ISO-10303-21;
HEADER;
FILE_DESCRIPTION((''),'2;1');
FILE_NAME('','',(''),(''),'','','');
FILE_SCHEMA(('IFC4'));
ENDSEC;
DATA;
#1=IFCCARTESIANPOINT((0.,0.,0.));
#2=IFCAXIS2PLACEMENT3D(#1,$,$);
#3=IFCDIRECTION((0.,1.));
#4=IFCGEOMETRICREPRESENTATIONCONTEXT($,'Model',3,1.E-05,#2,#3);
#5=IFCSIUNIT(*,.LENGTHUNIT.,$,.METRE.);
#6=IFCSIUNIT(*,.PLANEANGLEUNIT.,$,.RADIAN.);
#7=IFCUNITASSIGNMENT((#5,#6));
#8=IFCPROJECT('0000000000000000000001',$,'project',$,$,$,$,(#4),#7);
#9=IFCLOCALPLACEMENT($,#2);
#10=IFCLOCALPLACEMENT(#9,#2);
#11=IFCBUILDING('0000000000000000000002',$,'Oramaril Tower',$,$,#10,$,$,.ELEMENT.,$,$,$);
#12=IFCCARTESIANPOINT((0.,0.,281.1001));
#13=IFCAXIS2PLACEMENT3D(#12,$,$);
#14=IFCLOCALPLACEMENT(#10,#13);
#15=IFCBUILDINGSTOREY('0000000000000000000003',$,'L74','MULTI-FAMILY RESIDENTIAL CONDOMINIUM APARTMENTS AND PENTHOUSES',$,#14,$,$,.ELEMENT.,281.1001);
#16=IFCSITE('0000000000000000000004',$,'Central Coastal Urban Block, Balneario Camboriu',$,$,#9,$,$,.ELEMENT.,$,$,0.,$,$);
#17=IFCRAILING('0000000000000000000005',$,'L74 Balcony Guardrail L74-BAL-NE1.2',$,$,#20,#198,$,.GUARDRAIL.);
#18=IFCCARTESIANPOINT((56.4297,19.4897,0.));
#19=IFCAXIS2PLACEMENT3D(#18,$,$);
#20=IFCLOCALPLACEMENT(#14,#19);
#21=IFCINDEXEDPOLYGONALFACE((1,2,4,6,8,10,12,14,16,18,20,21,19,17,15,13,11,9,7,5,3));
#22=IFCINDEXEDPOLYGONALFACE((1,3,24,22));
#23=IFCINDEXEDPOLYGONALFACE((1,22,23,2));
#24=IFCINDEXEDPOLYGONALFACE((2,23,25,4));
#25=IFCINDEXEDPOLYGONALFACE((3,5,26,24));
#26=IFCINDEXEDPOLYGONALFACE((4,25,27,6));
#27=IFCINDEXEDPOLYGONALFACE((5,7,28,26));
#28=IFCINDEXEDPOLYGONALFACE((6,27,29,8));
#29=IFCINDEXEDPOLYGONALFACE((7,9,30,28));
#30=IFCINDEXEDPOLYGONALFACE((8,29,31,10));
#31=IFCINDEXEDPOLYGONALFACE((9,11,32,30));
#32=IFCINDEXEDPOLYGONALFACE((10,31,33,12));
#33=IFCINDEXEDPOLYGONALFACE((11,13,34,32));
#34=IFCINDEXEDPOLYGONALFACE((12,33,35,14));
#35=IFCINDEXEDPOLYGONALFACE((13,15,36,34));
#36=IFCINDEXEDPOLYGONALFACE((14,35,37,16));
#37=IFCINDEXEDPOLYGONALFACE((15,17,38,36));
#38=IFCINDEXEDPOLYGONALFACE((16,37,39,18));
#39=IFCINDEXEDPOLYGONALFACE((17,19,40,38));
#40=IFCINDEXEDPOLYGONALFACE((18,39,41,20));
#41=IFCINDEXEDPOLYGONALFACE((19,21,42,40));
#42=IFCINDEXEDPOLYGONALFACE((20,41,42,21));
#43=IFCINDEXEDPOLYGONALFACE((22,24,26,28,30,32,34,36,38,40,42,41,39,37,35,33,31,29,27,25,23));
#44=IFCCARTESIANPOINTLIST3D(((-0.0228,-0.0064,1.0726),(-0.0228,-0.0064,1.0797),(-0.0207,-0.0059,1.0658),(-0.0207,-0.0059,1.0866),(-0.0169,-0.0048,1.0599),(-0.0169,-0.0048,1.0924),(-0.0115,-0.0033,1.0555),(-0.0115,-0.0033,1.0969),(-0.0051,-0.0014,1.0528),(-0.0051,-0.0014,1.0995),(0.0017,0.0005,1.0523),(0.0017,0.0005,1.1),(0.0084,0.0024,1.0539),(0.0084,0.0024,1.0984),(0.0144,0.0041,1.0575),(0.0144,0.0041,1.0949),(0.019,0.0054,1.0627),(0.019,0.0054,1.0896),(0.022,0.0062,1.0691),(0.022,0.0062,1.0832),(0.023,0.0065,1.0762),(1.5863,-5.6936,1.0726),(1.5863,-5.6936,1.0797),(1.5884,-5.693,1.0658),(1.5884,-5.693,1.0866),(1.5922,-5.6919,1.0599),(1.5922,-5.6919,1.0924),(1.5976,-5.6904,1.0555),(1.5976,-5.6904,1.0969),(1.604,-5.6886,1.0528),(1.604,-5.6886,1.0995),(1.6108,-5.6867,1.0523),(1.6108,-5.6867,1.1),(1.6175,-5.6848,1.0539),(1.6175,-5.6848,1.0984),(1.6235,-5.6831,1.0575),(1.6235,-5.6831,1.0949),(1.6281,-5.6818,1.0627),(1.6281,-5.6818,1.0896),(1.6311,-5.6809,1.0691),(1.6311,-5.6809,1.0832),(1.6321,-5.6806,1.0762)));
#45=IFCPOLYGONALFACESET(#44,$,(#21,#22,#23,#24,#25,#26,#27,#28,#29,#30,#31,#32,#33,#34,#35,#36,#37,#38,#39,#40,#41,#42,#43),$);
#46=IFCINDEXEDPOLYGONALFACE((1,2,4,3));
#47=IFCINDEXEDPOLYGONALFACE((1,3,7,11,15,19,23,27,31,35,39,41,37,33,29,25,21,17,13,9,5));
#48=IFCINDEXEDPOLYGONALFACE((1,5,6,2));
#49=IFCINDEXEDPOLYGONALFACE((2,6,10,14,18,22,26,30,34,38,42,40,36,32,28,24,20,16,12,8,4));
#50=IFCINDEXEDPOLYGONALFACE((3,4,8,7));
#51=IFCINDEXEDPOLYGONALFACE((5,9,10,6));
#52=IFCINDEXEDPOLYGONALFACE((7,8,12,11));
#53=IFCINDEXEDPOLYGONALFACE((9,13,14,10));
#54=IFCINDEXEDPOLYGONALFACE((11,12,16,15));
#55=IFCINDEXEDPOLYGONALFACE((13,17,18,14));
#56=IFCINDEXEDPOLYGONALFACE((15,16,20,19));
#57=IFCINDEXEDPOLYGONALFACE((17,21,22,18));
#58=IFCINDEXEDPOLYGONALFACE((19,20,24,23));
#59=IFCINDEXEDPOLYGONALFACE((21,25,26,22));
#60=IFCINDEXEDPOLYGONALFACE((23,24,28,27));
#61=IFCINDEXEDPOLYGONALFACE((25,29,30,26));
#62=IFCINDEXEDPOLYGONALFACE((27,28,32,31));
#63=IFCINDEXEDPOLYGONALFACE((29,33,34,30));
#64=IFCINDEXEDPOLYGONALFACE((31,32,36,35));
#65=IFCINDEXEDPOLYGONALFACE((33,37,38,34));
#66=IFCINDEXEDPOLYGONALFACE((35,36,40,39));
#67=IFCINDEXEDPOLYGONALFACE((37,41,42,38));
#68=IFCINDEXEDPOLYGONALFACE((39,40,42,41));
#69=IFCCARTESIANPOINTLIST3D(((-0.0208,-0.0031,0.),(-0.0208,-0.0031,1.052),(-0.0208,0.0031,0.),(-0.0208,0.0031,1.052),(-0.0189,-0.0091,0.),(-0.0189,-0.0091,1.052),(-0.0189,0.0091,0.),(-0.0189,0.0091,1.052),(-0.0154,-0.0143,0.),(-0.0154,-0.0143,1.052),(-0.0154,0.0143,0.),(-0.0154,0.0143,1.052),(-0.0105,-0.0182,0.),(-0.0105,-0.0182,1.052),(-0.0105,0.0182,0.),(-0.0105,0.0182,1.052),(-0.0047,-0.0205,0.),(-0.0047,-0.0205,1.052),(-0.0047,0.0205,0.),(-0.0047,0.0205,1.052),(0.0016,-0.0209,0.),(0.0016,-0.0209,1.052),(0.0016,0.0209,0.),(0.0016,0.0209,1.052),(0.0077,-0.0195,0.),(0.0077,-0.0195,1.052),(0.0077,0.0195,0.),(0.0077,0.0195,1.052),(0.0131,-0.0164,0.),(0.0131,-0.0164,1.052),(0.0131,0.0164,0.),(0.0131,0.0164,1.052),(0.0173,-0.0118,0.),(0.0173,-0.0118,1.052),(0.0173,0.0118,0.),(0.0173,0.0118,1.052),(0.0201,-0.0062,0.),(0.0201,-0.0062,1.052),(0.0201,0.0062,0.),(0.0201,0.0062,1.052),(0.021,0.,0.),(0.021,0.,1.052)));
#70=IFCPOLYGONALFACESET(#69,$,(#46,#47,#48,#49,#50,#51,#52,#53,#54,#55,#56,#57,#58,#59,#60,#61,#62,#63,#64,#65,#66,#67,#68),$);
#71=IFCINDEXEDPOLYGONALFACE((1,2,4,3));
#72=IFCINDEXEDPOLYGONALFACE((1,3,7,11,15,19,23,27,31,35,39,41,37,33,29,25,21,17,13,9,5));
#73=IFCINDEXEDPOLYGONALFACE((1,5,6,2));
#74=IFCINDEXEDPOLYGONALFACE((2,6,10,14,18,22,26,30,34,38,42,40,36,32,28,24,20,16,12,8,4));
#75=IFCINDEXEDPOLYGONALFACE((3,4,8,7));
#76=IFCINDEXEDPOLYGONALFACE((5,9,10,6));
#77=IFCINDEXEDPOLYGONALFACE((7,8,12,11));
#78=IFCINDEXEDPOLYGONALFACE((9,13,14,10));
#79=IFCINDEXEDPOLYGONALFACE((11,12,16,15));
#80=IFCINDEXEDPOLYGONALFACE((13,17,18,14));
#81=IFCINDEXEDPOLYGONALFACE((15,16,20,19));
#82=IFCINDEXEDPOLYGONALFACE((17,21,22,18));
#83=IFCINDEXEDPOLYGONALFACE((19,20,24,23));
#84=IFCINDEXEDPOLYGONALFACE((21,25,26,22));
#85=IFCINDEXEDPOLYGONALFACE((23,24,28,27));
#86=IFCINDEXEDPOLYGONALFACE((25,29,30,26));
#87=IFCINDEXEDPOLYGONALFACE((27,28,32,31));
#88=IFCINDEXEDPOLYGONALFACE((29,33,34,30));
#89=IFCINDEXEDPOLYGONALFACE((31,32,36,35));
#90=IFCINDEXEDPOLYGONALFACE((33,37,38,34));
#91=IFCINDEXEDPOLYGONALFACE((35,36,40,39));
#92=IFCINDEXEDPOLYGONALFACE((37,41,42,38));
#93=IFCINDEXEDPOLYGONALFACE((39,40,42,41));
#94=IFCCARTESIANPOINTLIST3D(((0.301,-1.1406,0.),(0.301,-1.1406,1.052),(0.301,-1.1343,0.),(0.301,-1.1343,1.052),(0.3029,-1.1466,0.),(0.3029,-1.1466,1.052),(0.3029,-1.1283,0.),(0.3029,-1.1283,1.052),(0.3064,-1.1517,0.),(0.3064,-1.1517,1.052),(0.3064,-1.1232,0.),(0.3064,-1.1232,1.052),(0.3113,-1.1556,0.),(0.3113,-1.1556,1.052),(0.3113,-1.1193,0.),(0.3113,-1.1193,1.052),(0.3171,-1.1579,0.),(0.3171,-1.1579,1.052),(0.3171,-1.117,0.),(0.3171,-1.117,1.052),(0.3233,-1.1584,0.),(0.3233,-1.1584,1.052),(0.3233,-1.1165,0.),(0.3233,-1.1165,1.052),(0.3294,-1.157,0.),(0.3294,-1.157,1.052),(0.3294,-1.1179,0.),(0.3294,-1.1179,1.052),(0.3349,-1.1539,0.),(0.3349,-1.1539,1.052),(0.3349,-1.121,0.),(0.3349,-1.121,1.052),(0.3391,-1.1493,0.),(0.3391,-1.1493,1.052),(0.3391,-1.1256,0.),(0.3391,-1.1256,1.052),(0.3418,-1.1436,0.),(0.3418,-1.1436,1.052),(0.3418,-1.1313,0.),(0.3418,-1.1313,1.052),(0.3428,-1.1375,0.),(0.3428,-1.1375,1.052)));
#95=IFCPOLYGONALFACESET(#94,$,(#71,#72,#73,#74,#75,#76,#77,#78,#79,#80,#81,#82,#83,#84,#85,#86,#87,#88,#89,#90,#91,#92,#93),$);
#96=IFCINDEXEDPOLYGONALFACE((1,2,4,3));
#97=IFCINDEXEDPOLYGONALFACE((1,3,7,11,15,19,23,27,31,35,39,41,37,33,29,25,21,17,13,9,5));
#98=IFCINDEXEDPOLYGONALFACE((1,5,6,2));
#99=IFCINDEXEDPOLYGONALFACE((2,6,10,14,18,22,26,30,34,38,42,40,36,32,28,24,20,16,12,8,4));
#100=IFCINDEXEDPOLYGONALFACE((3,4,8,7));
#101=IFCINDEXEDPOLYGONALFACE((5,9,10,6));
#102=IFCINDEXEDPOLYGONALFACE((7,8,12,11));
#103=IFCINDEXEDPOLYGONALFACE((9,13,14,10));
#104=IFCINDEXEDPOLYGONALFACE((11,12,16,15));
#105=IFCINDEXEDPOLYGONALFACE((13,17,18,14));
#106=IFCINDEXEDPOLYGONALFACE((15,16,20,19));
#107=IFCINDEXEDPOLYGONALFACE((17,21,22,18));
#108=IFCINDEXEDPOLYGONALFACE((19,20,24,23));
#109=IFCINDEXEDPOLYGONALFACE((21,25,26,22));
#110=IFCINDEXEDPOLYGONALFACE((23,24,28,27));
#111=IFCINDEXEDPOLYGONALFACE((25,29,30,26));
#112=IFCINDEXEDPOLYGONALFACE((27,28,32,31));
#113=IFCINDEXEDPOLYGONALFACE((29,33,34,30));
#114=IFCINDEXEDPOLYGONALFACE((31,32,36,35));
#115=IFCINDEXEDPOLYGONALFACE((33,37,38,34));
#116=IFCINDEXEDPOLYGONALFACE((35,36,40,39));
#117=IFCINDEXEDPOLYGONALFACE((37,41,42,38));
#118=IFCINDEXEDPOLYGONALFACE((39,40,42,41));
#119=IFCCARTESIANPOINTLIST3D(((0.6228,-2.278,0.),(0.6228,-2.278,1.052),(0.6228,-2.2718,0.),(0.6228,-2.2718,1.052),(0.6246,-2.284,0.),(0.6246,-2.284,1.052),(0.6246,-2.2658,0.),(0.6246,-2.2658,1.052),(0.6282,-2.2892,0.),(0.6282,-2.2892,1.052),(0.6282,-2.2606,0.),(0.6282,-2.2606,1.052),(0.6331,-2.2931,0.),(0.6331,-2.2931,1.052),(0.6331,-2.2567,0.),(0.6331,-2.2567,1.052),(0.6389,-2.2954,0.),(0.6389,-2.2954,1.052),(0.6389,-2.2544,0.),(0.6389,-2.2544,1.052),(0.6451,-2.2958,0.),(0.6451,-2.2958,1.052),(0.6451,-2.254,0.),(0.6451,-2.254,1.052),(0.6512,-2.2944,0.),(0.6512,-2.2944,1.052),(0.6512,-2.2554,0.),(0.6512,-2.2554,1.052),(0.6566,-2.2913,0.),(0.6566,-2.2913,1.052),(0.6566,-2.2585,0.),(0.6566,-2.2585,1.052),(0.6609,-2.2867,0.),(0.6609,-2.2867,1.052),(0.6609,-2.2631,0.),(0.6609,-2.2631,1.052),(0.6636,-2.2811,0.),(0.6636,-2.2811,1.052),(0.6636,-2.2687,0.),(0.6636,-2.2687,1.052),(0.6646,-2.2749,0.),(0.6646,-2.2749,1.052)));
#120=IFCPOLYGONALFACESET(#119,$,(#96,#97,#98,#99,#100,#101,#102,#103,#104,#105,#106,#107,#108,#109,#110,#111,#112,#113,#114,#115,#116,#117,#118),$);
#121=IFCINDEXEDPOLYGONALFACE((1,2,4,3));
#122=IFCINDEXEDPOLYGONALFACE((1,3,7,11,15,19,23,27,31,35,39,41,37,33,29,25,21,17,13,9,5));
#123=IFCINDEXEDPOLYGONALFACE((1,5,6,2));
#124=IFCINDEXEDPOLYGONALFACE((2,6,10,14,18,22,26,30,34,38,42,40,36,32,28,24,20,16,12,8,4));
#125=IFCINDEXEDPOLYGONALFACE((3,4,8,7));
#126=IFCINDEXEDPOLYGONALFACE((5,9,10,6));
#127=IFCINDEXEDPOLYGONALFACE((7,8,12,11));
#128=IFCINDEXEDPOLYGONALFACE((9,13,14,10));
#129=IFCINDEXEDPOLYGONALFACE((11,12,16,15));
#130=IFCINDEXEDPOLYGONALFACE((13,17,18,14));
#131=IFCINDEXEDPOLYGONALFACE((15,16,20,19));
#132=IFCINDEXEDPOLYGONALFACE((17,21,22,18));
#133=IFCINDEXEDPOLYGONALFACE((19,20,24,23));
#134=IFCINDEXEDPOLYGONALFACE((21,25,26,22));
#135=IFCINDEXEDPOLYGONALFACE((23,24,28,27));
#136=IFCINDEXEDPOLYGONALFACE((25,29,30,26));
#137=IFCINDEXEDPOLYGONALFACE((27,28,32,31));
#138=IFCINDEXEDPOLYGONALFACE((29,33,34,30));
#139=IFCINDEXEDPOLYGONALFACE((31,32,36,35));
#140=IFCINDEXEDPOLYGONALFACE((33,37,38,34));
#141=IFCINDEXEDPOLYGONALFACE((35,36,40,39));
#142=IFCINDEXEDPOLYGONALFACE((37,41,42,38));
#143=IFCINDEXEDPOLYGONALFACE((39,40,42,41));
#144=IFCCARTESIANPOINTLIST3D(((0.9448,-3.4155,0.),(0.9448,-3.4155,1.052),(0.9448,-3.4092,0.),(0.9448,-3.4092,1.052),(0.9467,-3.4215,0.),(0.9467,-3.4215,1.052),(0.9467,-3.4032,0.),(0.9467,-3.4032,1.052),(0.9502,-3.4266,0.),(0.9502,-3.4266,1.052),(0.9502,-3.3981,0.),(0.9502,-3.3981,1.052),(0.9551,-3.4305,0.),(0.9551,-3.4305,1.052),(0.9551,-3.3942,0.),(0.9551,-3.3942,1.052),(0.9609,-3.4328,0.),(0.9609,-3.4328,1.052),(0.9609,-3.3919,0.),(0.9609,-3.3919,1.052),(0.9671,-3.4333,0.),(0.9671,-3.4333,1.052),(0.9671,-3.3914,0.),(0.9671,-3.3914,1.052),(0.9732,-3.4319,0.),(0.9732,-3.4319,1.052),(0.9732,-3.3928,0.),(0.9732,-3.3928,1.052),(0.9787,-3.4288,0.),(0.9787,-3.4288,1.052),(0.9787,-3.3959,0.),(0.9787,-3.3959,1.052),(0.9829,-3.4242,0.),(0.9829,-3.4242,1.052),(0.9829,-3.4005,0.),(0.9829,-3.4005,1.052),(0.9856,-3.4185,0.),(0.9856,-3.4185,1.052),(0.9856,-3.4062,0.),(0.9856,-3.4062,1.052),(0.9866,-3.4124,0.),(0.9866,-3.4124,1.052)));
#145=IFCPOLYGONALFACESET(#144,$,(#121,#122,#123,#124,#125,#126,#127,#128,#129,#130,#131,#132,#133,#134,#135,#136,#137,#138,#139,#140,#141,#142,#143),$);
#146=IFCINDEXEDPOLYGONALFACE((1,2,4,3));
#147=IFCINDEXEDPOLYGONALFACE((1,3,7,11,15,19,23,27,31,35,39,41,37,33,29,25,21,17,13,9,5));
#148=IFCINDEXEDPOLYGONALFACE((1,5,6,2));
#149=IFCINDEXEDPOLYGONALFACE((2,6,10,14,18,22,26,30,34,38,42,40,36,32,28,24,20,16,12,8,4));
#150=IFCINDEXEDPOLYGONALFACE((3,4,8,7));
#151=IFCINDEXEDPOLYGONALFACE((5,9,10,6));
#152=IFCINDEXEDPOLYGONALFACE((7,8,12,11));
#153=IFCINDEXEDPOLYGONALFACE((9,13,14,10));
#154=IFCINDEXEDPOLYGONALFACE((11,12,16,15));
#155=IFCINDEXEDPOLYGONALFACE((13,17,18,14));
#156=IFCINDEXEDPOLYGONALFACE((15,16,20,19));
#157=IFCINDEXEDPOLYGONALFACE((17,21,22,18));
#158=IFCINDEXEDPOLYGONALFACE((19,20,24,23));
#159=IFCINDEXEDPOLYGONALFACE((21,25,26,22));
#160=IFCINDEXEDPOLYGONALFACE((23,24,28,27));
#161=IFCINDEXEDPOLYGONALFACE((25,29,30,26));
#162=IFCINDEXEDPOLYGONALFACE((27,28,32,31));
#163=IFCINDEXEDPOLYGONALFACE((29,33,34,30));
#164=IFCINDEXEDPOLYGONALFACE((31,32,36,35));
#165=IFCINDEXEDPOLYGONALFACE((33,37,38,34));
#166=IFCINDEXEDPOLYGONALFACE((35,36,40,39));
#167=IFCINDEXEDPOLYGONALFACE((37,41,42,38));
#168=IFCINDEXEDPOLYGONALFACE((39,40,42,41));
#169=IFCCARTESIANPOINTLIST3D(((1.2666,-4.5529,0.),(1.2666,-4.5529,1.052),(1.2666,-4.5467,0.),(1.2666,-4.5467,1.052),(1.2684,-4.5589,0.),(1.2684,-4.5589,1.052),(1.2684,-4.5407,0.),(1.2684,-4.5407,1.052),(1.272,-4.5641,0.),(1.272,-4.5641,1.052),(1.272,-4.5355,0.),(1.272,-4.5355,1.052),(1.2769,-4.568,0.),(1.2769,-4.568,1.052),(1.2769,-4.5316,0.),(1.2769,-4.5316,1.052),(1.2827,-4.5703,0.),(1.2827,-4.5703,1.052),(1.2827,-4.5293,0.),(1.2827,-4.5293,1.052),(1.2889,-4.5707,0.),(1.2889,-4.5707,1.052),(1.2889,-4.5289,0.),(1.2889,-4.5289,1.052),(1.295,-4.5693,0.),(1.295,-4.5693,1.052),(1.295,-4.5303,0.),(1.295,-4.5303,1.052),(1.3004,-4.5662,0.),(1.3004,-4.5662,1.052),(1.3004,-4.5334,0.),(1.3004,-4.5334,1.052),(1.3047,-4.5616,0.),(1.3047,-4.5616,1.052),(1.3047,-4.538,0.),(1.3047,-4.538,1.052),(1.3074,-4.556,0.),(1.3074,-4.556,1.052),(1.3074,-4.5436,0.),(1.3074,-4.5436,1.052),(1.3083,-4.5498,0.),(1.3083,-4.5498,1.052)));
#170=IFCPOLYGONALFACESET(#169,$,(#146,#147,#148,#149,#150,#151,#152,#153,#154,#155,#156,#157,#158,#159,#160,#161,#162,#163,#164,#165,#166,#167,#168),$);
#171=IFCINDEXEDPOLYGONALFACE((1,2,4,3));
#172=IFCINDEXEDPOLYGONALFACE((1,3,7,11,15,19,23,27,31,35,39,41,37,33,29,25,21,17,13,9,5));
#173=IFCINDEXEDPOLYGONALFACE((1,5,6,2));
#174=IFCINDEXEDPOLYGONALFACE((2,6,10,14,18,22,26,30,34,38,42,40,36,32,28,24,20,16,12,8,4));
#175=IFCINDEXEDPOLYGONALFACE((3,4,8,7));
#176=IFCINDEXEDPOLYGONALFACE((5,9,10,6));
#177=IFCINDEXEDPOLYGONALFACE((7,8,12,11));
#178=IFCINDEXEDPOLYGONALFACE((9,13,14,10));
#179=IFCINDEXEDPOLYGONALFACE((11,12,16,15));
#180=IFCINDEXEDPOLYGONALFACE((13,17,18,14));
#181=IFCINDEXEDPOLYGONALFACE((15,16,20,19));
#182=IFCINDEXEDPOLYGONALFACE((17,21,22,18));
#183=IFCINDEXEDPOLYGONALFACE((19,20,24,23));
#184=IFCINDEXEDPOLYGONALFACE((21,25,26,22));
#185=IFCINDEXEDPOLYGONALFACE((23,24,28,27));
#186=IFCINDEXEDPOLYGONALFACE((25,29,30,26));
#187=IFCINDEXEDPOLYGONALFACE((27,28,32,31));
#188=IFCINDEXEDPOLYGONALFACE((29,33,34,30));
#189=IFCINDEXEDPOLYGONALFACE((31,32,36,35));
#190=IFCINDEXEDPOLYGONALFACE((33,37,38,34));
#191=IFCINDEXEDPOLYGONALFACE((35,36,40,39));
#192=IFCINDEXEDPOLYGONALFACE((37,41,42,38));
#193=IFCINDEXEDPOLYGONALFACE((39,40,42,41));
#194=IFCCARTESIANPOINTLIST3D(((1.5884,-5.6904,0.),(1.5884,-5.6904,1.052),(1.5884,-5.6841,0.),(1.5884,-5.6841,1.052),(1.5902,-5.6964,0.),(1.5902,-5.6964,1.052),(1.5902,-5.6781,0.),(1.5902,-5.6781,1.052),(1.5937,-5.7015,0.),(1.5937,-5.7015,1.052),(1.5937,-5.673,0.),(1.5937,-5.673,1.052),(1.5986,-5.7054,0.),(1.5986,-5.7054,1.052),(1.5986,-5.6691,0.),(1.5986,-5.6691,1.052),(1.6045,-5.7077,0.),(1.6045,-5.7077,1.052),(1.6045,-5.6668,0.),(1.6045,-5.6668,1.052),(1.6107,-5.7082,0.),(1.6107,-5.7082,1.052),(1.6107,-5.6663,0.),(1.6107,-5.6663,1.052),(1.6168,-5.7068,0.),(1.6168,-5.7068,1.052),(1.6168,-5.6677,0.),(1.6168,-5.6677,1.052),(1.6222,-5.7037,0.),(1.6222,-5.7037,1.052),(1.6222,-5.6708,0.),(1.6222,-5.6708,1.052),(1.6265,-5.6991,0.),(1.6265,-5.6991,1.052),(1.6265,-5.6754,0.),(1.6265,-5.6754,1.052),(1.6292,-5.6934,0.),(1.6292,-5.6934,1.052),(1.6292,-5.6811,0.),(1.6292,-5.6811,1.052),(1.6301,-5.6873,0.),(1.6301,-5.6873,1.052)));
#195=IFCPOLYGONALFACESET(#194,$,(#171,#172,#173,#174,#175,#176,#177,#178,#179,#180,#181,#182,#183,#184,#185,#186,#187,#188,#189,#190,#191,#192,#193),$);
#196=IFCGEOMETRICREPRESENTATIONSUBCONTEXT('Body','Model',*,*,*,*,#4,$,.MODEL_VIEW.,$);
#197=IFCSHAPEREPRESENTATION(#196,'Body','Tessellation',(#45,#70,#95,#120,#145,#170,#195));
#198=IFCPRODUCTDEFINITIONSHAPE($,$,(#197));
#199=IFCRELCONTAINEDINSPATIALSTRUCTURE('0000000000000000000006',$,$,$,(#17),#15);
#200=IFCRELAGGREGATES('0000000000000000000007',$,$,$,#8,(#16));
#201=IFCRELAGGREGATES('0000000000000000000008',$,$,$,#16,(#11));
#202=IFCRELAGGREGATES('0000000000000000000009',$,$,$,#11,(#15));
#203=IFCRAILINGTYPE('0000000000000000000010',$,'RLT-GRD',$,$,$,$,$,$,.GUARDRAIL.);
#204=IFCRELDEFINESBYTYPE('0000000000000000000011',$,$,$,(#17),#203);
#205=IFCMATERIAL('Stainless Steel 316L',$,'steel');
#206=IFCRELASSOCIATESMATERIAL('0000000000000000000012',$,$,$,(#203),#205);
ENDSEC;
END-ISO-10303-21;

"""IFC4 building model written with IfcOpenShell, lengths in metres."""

from ifc_helpers import new_model, si_unit, direction, frame, origin, origin_2d, place, context, subcontext, project, spatial, circle, extrude, material, type_object, element, save


model = new_model("IFC4")

# Units and contexts
model_context = context("Model", 3, precision=1e-05, world=origin(), true_north=direction((0.0, 1.0)))
body_context = subcontext(model_context, "Body", "Model", "MODEL_VIEW")
ifc_project = project(units=[si_unit("LENGTHUNIT", "METRE"), si_unit("PLANEANGLEUNIT", "RADIAN")], contexts=[model_context])

# Site, building, storey
site_placement = place(None, origin())
site = spatial("IfcSite", under=ifc_project, at=site_placement, Name="Central Coastal Urban Block, Balneario Camboriu", CompositionType="ELEMENT", RefElevation=0.0)
building_placement = place(site_placement, origin())
building = spatial("IfcBuilding", under=site, at=building_placement, Name="Oramaril Tower", CompositionType="ELEMENT")
storey_placement = place(building_placement, frame((0.0, 0.0, 281.1001)))
storey = spatial("IfcBuildingStorey", under=building, at=storey_placement, Name="L74", Description="MULTI-FAMILY RESIDENTIAL CONDOMINIUM APARTMENTS AND PENTHOUSES", CompositionType="ELEMENT", Elevation=281.1001)

# Railing
ifc_material_1 = material(Name="Stainless Steel 316L", Category="steel")
railing_type = type_object("IfcRailingType", Name="RLT-GRD", PredefinedType="GUARDRAIL", material=ifc_material_1)
railing_1_placement = place(storey_placement, frame((56.4297, 19.4897, 0.0)))
element("IfcRailing", 1, at=railing_1_placement, inside=storey, type_object=railing_type, Name="L74 Balcony Guardrail L74-BAL-NE1.2", PredefinedType="GUARDRAIL", context=body_context, shape_type="SweptSolid", body=[
    extrude(circle(Radius=0.0239, at=origin_2d()), frame((0.0, 0.0, 1.0762), z_axis=(0.272249, -0.962227, 0.0), x_axis=(0.962227, 0.272249, 0.0)), (0.0, 0.0, 1.0), 5.9104),
    extrude(circle(Radius=0.021, at=origin_2d()), origin(), (0.0, 0.0, 1.0), 1.052),
    extrude(circle(Radius=0.021, at=origin_2d()), frame((0.3218, -1.1375, 0.0)), (0.0, 0.0, 1.0), 1.052),
    extrude(circle(Radius=0.021, at=origin_2d()), frame((0.6436, -2.2749, 0.0)), (0.0, 0.0, 1.0), 1.052),
    extrude(circle(Radius=0.021, at=origin_2d()), frame((0.9656, -3.4124, 0.0)), (0.0, 0.0, 1.0), 1.052),
    extrude(circle(Radius=0.021, at=origin_2d()), frame((1.2874, -4.5498, 0.0)), (0.0, 0.0, 1.0), 1.052),
    extrude(circle(Radius=0.021, at=origin_2d()), frame((1.6091, -5.6873, 0.0)), (0.0, 0.0, 1.0), 1.052),
])

save(model, "model.ifc")
